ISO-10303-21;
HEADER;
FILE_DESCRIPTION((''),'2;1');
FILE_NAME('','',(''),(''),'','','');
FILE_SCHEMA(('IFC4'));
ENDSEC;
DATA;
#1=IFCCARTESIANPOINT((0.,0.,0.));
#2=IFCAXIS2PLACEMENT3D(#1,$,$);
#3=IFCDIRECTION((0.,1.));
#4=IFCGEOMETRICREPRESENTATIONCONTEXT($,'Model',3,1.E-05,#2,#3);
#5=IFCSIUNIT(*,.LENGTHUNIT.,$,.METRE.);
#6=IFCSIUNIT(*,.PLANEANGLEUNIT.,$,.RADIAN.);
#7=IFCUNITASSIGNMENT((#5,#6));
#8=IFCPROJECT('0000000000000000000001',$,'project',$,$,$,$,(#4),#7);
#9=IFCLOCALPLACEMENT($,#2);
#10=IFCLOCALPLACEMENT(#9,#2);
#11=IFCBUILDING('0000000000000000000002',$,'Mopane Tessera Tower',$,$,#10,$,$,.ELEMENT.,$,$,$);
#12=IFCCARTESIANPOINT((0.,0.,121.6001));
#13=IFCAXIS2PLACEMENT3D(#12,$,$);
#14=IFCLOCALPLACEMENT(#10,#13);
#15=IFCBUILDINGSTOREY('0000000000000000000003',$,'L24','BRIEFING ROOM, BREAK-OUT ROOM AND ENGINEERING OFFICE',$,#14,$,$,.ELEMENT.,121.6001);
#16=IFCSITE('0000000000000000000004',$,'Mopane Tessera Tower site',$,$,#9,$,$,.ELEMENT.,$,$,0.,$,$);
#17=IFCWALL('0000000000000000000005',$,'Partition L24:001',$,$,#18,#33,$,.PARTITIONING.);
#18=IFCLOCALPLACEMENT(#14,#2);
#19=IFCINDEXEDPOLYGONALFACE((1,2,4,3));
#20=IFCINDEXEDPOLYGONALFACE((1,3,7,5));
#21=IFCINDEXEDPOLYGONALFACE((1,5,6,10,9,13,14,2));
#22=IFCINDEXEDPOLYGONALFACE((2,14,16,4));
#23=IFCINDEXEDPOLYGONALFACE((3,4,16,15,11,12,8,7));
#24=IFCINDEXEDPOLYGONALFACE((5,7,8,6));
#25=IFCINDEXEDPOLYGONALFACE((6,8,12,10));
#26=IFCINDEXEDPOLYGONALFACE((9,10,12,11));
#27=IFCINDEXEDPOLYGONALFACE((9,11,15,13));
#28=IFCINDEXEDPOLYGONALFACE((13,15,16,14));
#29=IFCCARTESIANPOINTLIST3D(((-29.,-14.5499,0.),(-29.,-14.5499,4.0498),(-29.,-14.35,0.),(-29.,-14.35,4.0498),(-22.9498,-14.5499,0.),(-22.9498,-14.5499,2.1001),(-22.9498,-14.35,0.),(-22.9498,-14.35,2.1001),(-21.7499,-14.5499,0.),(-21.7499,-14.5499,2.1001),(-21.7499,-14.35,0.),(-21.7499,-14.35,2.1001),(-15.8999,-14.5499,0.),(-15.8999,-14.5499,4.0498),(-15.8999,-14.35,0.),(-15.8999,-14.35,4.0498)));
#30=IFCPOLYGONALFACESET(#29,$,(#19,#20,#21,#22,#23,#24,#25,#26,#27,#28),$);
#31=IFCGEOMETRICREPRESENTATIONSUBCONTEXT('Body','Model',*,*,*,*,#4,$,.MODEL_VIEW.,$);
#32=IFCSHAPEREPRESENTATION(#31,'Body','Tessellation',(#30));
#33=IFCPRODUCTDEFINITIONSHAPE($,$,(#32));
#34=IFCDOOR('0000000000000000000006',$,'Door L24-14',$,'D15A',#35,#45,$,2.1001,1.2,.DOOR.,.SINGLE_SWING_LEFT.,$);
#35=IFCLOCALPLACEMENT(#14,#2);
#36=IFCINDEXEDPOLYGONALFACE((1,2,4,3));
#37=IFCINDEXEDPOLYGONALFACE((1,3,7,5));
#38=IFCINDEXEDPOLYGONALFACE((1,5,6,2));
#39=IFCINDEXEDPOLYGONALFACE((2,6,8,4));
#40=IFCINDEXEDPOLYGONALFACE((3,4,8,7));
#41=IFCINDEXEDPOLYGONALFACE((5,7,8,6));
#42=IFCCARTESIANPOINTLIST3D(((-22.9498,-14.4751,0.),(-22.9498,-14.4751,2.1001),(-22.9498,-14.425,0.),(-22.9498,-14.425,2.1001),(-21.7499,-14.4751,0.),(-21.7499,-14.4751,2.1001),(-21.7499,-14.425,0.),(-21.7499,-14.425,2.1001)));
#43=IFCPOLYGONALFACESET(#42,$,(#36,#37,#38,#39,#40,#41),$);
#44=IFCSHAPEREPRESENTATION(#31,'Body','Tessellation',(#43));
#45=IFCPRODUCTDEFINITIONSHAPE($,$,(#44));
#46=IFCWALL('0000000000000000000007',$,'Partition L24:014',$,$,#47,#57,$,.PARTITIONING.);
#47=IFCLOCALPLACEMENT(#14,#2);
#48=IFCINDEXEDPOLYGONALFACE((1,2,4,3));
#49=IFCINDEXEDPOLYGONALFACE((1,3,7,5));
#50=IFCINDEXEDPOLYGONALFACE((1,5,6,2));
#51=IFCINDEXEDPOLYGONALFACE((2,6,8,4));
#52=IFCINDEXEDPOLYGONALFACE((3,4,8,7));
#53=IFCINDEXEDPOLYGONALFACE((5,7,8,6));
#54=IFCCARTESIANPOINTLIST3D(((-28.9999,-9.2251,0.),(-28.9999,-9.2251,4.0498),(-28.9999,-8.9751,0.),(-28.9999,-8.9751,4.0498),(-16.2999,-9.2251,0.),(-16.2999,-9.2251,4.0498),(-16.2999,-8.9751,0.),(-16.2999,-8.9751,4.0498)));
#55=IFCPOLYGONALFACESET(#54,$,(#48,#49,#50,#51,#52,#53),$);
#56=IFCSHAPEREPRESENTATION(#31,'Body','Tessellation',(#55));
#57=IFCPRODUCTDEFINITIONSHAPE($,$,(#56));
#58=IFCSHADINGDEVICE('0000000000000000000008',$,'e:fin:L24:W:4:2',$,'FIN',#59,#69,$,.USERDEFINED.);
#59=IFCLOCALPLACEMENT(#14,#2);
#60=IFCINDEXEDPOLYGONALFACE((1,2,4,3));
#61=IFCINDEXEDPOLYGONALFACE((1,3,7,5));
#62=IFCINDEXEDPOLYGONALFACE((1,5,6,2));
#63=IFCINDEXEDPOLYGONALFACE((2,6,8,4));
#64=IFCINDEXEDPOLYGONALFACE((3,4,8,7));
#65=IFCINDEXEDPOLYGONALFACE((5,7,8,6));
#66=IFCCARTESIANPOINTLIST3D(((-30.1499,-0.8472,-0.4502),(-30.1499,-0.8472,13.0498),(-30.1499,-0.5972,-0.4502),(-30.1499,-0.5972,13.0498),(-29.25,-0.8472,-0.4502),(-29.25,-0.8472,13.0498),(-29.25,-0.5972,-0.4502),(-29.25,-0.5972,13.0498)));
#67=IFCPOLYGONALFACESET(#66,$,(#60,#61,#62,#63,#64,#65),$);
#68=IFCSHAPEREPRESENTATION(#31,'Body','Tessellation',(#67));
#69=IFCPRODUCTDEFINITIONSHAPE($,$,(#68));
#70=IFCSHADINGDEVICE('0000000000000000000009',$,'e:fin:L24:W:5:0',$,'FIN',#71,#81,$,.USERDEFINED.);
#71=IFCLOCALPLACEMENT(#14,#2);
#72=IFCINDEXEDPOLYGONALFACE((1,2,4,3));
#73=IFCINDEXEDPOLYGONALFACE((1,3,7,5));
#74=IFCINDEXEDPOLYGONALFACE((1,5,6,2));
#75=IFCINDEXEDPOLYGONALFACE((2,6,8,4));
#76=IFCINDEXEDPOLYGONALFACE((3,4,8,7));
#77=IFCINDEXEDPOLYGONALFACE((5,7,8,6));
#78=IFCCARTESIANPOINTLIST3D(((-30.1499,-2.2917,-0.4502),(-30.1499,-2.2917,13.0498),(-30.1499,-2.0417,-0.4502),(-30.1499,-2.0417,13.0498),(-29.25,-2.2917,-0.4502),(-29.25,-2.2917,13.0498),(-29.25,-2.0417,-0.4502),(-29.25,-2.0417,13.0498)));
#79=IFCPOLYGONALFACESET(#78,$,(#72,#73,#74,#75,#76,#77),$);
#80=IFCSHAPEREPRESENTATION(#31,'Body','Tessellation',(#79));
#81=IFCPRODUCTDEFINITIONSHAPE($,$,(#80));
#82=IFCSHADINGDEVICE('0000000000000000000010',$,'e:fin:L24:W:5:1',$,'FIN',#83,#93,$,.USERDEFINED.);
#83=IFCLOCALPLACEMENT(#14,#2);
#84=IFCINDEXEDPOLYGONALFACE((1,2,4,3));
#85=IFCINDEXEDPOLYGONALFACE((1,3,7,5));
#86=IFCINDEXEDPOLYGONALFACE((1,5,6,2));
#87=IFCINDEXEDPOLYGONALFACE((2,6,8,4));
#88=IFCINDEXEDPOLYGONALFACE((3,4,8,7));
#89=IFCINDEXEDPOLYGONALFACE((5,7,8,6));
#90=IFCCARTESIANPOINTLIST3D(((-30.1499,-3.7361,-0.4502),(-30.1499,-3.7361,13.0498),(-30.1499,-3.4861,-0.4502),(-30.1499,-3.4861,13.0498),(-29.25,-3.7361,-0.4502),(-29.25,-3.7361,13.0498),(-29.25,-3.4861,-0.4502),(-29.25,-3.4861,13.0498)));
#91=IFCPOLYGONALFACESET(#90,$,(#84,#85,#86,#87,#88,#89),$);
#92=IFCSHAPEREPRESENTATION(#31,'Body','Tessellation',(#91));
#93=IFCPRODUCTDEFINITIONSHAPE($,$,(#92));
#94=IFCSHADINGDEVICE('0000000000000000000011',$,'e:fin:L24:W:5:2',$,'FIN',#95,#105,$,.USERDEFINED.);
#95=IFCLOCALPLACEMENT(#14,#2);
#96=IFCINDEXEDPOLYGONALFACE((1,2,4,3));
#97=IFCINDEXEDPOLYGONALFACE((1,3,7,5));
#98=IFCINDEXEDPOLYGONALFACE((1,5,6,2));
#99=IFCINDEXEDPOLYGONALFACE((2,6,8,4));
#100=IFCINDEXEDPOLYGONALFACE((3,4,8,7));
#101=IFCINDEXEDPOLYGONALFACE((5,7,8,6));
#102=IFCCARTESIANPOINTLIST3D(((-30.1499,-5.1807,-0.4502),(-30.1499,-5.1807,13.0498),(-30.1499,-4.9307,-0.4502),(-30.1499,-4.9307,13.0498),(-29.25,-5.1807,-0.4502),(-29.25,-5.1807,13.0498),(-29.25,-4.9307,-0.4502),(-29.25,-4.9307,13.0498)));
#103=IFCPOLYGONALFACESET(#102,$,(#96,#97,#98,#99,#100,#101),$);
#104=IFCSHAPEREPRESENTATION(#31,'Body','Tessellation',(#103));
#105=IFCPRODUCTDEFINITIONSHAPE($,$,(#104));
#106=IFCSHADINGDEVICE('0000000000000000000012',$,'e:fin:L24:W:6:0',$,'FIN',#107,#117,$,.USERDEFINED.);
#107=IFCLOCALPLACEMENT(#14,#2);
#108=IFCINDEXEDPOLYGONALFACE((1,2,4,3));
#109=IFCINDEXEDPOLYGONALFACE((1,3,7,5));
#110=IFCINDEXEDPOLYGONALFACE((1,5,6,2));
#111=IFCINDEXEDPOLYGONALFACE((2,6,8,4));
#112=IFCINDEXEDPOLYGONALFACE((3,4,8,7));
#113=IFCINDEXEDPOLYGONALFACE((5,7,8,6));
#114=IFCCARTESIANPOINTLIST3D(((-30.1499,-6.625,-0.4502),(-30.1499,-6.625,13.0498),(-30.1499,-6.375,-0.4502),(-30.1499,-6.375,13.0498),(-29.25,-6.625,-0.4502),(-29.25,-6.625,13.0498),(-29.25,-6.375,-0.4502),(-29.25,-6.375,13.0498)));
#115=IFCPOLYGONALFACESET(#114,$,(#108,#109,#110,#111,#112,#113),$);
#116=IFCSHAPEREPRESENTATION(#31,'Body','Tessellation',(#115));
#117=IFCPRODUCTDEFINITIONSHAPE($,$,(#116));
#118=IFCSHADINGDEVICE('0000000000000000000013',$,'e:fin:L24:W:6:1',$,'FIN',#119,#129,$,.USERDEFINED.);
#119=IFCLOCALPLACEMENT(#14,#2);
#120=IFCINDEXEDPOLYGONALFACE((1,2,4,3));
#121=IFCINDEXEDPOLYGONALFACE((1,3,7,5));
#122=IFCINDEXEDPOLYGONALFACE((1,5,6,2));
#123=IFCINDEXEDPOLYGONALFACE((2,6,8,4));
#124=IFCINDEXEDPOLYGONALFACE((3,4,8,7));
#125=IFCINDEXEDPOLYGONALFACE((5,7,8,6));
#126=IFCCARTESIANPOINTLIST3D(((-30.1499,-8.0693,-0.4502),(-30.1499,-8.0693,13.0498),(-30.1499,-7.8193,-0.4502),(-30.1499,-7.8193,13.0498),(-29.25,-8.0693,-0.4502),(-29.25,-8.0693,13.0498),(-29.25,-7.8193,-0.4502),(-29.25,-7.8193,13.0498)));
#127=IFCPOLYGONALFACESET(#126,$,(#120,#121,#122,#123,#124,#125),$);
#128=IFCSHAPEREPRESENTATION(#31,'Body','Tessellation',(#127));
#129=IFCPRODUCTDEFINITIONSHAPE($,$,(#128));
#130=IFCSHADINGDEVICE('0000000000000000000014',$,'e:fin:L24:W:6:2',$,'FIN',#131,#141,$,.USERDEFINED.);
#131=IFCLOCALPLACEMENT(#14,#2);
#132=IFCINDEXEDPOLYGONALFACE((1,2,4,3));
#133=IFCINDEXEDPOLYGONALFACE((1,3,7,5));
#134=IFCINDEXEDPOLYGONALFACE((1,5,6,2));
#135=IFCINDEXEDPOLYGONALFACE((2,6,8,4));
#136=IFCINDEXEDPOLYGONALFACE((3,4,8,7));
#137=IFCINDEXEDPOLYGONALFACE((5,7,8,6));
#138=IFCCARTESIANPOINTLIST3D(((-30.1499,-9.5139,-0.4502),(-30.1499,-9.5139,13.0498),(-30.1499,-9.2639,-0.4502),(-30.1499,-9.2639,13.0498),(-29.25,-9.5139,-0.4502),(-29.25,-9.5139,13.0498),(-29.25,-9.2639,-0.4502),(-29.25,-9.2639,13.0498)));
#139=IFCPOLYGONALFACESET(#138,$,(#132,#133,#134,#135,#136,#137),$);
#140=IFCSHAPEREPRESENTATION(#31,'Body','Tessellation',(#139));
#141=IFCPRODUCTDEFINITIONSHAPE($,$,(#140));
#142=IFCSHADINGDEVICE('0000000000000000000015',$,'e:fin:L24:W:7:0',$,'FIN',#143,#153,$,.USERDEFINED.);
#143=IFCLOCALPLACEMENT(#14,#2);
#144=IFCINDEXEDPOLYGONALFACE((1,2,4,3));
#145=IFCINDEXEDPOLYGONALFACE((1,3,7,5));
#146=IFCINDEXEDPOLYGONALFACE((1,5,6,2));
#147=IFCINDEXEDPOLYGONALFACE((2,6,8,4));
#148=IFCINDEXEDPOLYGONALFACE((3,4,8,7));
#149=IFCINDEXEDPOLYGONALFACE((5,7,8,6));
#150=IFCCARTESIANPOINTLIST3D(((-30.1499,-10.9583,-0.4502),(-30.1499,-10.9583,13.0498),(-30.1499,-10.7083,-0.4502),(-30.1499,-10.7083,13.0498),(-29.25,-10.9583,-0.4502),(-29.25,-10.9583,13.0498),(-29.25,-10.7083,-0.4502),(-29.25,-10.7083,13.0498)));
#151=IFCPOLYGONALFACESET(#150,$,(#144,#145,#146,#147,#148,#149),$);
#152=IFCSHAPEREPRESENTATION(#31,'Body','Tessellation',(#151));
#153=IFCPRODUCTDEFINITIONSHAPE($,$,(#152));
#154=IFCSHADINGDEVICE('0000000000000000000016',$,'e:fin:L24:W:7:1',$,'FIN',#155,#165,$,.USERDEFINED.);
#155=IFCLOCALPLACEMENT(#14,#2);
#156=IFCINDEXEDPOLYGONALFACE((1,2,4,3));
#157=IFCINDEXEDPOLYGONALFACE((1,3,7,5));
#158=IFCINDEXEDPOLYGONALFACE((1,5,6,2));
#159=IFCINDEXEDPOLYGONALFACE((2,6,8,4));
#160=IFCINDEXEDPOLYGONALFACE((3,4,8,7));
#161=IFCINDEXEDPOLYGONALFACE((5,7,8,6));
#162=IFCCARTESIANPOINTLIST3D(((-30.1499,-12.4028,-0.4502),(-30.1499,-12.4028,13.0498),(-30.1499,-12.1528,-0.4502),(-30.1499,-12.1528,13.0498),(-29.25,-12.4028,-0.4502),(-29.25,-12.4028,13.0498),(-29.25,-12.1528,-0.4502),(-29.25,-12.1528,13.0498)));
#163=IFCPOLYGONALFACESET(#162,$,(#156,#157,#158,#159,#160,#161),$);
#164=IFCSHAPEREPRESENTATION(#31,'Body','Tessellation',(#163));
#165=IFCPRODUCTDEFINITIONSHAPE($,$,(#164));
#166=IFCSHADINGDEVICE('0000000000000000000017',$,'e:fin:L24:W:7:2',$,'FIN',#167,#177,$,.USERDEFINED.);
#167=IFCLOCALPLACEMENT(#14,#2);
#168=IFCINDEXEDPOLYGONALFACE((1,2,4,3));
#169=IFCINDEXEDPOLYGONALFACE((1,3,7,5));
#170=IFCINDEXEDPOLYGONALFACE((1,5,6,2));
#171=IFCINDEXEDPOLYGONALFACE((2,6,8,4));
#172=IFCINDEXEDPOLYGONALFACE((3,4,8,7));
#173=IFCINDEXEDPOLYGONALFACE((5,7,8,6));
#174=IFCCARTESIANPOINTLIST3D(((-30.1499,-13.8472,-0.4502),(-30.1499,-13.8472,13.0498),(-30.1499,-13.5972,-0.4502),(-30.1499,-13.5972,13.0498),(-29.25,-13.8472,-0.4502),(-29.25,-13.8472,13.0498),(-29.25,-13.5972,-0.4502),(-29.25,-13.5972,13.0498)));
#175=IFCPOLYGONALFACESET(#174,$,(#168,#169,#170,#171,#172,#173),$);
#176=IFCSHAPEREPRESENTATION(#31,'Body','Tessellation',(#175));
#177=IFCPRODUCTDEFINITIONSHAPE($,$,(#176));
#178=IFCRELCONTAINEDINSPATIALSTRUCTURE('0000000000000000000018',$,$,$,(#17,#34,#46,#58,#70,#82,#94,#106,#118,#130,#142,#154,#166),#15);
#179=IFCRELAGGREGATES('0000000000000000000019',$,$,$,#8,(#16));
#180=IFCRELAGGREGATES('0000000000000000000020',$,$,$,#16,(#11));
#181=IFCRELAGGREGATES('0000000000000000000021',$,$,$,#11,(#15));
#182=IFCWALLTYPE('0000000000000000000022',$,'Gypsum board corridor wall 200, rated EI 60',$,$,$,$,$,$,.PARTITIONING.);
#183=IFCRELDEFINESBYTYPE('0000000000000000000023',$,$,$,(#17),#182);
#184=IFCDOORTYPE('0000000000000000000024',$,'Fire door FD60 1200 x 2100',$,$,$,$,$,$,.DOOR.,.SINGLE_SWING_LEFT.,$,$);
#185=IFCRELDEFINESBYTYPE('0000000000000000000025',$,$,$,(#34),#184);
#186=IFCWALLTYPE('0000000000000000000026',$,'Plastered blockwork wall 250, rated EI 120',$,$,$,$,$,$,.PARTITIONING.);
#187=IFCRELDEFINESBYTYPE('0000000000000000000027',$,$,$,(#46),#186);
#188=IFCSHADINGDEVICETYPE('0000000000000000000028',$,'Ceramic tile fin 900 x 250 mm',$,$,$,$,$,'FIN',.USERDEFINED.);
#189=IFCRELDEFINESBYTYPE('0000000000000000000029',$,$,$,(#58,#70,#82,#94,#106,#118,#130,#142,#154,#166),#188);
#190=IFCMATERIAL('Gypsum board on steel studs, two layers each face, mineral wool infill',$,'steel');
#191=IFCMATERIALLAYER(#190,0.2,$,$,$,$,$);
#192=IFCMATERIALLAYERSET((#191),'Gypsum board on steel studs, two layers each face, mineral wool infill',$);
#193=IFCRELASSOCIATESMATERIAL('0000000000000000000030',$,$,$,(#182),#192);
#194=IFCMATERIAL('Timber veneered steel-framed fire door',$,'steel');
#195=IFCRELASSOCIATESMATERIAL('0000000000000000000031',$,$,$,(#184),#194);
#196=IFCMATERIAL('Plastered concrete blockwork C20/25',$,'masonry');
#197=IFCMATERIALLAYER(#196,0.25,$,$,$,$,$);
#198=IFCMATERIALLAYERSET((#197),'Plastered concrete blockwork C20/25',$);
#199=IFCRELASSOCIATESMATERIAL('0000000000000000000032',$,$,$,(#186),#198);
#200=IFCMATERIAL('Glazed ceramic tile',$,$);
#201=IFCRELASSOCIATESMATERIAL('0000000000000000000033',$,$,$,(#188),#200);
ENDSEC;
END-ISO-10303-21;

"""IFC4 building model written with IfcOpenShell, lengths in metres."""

from ifc_helpers import new_model, si_unit, direction, frame, frame_2d, origin, origin_2d, place, context, subcontext, project, spatial, rectangle, extrude, material, layer, layer_set, type_object, element, fill, save


model = new_model("IFC4")

# Units and contexts
model_context = context("Model", 3, precision=1e-05, world=origin(), true_north=direction((0.0, 1.0)))
body_context = subcontext(model_context, "Body", "Model", "MODEL_VIEW")
ifc_project = project(units=[si_unit("LENGTHUNIT", "METRE"), si_unit("PLANEANGLEUNIT", "RADIAN")], contexts=[model_context])

# Site, building, storey
site_placement = place(None, origin())
site = spatial("IfcSite", under=ifc_project, at=site_placement, Name="Mopane Tessera Tower site", CompositionType="ELEMENT", RefElevation=0.0)
building_placement = place(site_placement, origin())
building = spatial("IfcBuilding", under=site, at=building_placement, Name="Mopane Tessera Tower", CompositionType="ELEMENT")
storey_placement = place(building_placement, frame((0.0, 0.0, 121.6001)))
storey = spatial("IfcBuildingStorey", under=building, at=storey_placement, Name="L24", Description="BRIEFING ROOM, BREAK-OUT ROOM AND ENGINEERING OFFICE", CompositionType="ELEMENT", Elevation=121.6001)

# Wall, opening, door
ifc_material_1 = material(Name="Gypsum board on steel studs, two layers each face, mineral wool infill", Category="steel")
ifc_layer_1 = layer(ifc_material_1, 0.2)
ifc_layer_set_1 = layer_set([ifc_layer_1], Name="Gypsum board on steel studs, two layers each face, mineral wool infill")
wall_type_1 = type_object("IfcWallType", Name="Gypsum board corridor wall 200, rated EI 60", PredefinedType="PARTITIONING", material=ifc_layer_set_1)
wall_1_placement = place(storey_placement, frame((-29.0, -14.45, 0.0), z_axis=(0.0, 0.0, 1.0), x_axis=(1.0, 0.0, 0.0)))
wall_1 = element("IfcWall", 1, at=wall_1_placement, inside=storey, type_object=wall_type_1, Name="Partition L24:001", PredefinedType="PARTITIONING", context=body_context, shape_type="SweptSolid", body=[
    extrude(rectangle(XDim=13.1001, YDim=0.2, at=frame_2d((6.55, 0.0))), origin(), (0.0, 0.0, 1.0), 4.0498),
])
opening_placement = place(wall_1_placement, frame((6.05, 0.0, 0.0)))
opening = element("IfcOpeningElement", 2, at=opening_placement, cuts=wall_1, PredefinedType="OPENING", context=body_context, shape_type="SweptSolid", body=[
    extrude(rectangle(XDim=1.2, YDim=2.1001, at=frame_2d((0.6001, 1.05))), frame((0.0, 0.1121, 0.0), z_axis=(0.0, -1.0, 0.0), x_axis=(1.0, 0.0, 0.0)), (0.0, 0.0, 1.0), 0.2239),
])
ifc_material_2 = material(Name="Timber veneered steel-framed fire door", Category="steel")
door_type = type_object("IfcDoorType", Name="Fire door FD60 1200 x 2100", OperationType="SINGLE_SWING_LEFT", PredefinedType="DOOR", material=ifc_material_2)
door_placement = place(opening_placement, origin())
door = element("IfcDoor", 3, at=door_placement, inside=storey, type_object=door_type, Name="Door L24-14", ObjectType="D15A", OperationType="SINGLE_SWING_LEFT", OverallHeight=2.1001, OverallWidth=1.2, PredefinedType="DOOR", context=body_context, shape_type="SweptSolid", body=[
    extrude(rectangle(XDim=1.2, YDim=2.1001, at=frame_2d((0.6001, 1.05))), frame((0.0, 0.0249, 0.0), z_axis=(0.0, -1.0, 0.0), x_axis=(1.0, 0.0, 0.0)), (0.0, 0.0, 1.0), 0.05),
])
fill(opening, door)

# Wall
ifc_material_3 = material(Name="Plastered concrete blockwork C20/25", Category="masonry")
ifc_layer_2 = layer(ifc_material_3, 0.25)
ifc_layer_set_2 = layer_set([ifc_layer_2], Name="Plastered concrete blockwork C20/25")
wall_type_2 = type_object("IfcWallType", Name="Plastered blockwork wall 250, rated EI 120", PredefinedType="PARTITIONING", material=ifc_layer_set_2)
wall_2_placement = place(storey_placement, frame((-29.0, -9.1001, 0.0), z_axis=(0.0, 0.0, 1.0), x_axis=(1.0, 0.0, 0.0)))
element("IfcWall", 4, at=wall_2_placement, inside=storey, type_object=wall_type_2, Name="Partition L24:014", PredefinedType="PARTITIONING", context=body_context, shape_type="SweptSolid", body=[
    extrude(rectangle(XDim=12.7, YDim=0.25, at=frame_2d((6.3501, 0.0))), origin(), (0.0, 0.0, 1.0), 4.0498),
])

# Shading devices
ifc_material_4 = material(Name="Glazed ceramic tile")
shading_device_type = type_object("IfcShadingDeviceType", Name="Ceramic tile fin 900 x 250 mm", ElementType="FIN", PredefinedType="USERDEFINED", material=ifc_material_4)
for number, where, z_axis, x_axis, name in (
    (5, (-29.7, -0.7222, -0.4502), (0.0, 0.0, 1.0), (0.0, -1.0, 0.0), "e:fin:L24:W:4:2"),
    (6, (-29.7, -2.1667, -0.4502), (0.0, 0.0, 1.0), (0.0, -1.0, 0.0), "e:fin:L24:W:5:0"),
    (7, (-29.7, -3.6111, -0.4502), (0.0, 0.0, 1.0), (0.0, -1.0, 0.0), "e:fin:L24:W:5:1"),
    (8, (-29.7, -5.0557, -0.4502), (0.0, 0.0, 1.0), (0.0, -1.0, 0.0), "e:fin:L24:W:5:2"),
    (9, (-29.7, -6.5, -0.4502), (0.0, 0.0, 1.0), (0.0, -1.0, 0.0), "e:fin:L24:W:6:0"),
    (10, (-29.7, -7.9443, -0.4502), (0.0, 0.0, 1.0), (0.0, -1.0, 0.0), "e:fin:L24:W:6:1"),
    (11, (-29.7, -9.3889, -0.4502), (0.0, 0.0, 1.0), (0.0, -1.0, 0.0), "e:fin:L24:W:6:2"),
    (12, (-29.7, -10.8333, -0.4502), (0.0, 0.0, 1.0), (0.0, -1.0, 0.0), "e:fin:L24:W:7:0"),
    (13, (-29.7, -12.2778, -0.4502), (0.0, 0.0, 1.0), (0.0, -1.0, 0.0), "e:fin:L24:W:7:1"),
    (14, (-29.7, -13.7222, -0.4502), (0.0, 0.0, 1.0), (0.0, -1.0, 0.0), "e:fin:L24:W:7:2"),
):
    element("IfcShadingDevice", number, at=place(storey_placement, frame(where, z_axis=z_axis, x_axis=x_axis)), inside=storey, type_object=shading_device_type, Name=name, ObjectType="FIN", PredefinedType="USERDEFINED", context=body_context, shape_type="SweptSolid", body=[
        extrude(rectangle(XDim=0.25, YDim=0.8999, at=origin_2d()), origin(), (0.0, 0.0, 1.0), 13.5),
    ])

save(model, "model.ifc")
